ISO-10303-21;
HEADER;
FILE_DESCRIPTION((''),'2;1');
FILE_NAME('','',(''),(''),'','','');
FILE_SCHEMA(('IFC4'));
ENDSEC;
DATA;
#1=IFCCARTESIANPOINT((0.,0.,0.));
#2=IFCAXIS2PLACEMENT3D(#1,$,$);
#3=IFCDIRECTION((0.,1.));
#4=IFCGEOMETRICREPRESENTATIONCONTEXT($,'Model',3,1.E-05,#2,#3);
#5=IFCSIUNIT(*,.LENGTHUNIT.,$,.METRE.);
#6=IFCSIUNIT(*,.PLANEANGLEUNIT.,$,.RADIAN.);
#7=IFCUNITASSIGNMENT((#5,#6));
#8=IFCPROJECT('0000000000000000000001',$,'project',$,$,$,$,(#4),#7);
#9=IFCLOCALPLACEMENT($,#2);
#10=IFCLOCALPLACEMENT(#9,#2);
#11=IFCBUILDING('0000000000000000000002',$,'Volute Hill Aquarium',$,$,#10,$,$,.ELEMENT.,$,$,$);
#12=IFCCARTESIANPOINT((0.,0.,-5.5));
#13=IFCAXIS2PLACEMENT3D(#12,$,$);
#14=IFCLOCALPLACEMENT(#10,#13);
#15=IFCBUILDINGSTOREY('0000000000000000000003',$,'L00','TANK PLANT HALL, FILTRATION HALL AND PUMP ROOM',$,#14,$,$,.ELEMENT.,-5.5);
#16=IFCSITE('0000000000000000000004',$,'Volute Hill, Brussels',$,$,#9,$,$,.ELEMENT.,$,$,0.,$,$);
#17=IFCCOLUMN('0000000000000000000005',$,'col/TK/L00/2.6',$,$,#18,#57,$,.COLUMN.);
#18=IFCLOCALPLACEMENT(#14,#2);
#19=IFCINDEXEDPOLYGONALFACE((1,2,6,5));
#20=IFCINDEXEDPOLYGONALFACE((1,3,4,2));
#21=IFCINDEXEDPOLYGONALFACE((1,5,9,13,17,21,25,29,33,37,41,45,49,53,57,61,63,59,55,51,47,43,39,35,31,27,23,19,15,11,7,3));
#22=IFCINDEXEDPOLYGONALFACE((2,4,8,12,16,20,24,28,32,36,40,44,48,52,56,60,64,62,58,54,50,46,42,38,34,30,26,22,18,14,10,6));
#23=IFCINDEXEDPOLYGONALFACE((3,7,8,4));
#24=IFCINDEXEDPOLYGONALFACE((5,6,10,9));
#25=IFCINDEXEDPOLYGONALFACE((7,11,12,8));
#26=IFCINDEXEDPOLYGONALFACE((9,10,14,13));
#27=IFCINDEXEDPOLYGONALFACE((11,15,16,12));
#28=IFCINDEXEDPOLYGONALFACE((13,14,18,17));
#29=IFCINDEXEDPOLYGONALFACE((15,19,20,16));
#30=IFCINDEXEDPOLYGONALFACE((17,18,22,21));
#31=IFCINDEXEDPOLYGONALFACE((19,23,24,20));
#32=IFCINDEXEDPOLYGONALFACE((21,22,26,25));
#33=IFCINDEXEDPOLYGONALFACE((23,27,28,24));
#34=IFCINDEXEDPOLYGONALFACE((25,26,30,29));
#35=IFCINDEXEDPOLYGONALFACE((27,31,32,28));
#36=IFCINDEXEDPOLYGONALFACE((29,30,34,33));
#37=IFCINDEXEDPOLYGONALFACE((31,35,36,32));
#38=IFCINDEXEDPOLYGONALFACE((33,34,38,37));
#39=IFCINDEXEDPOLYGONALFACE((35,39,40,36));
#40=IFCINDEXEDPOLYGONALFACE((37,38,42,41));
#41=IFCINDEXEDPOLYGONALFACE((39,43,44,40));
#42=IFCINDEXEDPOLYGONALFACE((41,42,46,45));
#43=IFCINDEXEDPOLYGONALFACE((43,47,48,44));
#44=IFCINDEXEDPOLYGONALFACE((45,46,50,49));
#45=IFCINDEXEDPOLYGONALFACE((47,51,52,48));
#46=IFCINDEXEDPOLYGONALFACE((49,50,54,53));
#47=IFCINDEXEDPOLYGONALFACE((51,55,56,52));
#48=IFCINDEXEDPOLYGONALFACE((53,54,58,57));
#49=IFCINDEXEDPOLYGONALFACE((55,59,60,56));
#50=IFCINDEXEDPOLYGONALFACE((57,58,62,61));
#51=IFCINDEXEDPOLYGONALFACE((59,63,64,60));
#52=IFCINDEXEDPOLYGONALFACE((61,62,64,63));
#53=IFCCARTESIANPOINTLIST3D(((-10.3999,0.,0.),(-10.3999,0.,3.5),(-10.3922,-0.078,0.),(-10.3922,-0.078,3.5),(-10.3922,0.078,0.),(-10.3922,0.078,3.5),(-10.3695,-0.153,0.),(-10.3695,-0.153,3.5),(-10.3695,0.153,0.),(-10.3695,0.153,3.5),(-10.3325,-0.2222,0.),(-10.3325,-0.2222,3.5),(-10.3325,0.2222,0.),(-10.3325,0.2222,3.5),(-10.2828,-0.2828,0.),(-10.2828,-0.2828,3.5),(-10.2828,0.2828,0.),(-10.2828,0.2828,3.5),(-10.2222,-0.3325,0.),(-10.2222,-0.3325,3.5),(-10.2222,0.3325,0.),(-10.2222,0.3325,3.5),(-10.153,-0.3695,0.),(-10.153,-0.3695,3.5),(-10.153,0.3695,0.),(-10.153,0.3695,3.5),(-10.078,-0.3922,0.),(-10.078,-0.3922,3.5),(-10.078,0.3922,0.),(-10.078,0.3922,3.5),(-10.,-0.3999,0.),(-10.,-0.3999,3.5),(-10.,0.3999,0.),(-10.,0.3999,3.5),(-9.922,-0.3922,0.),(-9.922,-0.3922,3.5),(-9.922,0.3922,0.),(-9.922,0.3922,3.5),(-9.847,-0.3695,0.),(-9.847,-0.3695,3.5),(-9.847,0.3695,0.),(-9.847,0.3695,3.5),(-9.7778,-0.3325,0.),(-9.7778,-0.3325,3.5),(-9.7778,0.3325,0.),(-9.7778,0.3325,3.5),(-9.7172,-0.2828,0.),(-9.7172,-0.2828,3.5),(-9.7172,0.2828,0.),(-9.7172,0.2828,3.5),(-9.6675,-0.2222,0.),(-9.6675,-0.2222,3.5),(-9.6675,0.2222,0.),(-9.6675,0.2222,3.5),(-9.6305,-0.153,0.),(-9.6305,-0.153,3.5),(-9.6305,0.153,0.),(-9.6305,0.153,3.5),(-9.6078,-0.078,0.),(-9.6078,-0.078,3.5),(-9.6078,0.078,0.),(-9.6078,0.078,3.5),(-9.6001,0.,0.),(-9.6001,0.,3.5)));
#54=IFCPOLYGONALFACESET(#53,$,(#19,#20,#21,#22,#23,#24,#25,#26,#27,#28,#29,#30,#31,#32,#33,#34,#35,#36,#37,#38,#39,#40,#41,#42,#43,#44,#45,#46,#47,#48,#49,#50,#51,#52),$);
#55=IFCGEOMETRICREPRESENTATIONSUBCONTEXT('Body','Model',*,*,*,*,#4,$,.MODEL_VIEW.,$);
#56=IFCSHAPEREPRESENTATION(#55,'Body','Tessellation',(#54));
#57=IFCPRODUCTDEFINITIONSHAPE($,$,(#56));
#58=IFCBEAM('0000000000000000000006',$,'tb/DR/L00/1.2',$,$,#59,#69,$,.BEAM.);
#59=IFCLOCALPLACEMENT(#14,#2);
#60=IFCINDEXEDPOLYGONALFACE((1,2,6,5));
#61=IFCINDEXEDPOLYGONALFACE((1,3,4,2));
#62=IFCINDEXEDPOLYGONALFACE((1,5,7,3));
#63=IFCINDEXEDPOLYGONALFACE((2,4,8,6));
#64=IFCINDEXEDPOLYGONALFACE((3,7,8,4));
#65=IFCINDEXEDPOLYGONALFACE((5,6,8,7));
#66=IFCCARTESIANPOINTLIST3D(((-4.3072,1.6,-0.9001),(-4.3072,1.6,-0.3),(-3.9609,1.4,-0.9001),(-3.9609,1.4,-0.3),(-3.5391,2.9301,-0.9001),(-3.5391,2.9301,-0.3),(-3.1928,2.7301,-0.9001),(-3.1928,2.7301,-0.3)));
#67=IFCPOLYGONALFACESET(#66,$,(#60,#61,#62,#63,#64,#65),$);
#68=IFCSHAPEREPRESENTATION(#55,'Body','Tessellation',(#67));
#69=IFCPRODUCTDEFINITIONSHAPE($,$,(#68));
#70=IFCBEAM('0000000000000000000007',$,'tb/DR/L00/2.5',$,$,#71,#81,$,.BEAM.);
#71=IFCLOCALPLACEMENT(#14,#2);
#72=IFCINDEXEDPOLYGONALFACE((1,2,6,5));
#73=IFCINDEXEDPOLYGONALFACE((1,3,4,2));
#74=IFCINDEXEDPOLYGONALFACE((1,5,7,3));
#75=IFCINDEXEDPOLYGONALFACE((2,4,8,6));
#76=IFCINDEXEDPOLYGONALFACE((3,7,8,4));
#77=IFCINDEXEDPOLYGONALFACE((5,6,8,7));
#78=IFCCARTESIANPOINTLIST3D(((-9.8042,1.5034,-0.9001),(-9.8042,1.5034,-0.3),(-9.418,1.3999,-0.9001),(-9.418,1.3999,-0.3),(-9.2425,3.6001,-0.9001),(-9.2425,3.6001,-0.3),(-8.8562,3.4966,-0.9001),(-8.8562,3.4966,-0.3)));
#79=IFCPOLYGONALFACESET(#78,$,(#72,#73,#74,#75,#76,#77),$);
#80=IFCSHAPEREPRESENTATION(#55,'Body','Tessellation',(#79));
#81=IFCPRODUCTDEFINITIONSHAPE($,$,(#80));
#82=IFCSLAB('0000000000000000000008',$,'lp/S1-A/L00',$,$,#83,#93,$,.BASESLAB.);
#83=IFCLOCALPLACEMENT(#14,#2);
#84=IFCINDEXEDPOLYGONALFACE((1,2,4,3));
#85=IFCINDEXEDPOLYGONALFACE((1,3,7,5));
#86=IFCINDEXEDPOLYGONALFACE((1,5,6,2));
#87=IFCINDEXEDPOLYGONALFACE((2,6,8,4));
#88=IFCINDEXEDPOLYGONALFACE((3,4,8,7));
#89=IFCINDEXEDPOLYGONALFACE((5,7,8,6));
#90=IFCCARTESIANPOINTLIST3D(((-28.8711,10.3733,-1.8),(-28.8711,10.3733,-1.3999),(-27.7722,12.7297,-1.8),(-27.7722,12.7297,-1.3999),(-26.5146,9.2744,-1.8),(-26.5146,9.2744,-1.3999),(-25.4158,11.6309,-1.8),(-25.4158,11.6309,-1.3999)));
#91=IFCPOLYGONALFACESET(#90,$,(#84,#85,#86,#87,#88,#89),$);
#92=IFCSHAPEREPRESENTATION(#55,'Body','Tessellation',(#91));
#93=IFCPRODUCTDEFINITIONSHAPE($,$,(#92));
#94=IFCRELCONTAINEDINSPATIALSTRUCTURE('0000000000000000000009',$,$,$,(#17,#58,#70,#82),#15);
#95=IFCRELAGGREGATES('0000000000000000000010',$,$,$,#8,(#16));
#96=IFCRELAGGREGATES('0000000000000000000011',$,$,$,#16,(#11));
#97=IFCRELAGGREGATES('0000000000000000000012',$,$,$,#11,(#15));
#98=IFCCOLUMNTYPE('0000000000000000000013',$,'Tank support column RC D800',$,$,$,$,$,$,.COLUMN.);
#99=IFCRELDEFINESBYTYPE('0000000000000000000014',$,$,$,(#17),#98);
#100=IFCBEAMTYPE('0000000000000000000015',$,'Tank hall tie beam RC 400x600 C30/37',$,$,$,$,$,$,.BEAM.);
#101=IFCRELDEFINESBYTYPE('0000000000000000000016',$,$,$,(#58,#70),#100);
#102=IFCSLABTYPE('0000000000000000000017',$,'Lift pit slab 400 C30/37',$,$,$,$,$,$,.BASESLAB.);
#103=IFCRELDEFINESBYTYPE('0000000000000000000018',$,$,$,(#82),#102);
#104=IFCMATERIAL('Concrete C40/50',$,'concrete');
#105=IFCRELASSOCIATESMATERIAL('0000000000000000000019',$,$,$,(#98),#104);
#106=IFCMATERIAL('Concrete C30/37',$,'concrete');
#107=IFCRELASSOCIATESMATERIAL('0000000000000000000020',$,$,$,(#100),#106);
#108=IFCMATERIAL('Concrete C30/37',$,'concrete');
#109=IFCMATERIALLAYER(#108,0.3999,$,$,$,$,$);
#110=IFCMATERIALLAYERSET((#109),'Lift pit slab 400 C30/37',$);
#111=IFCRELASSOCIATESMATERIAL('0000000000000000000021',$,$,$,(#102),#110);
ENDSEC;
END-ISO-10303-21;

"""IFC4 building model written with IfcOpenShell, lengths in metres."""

from ifc_helpers import new_model, si_unit, direction, frame, origin, origin_2d, place, context, subcontext, project, spatial, polyline, rectangle, circle, outline, extrude, material, layer, layer_set, material_profile, profile_set, type_object, element, save


model = new_model("IFC4")

# Units and contexts
model_context = context("Model", 3, precision=1e-05, world=origin(), true_north=direction((0.0, 1.0)))
body_context = subcontext(model_context, "Body", "Model", "MODEL_VIEW")
ifc_project = project(units=[si_unit("LENGTHUNIT", "METRE"), si_unit("PLANEANGLEUNIT", "RADIAN")], contexts=[model_context])

# Site, building, storey
site_placement = place(None, origin())
site = spatial("IfcSite", under=ifc_project, at=site_placement, Name="Volute Hill, Brussels", CompositionType="ELEMENT", RefElevation=0.0)
building_placement = place(site_placement, origin())
building = spatial("IfcBuilding", under=site, at=building_placement, Name="Volute Hill Aquarium", CompositionType="ELEMENT")
storey_placement = place(building_placement, frame((0.0, 0.0, -5.5)))
storey = spatial("IfcBuildingStorey", under=building, at=storey_placement, Name="L00", Description="TANK PLANT HALL, FILTRATION HALL AND PUMP ROOM", CompositionType="ELEMENT", Elevation=-5.5)

# Column
ifc_material_1 = material(Name="Concrete C40/50", Category="concrete")
ifc_material_profile_1 = material_profile(ifc_material_1, circle(Radius=0.3999, at=origin_2d()), Name="RC round column D800")
ifc_profile_set_1 = profile_set([ifc_material_profile_1], Name="Concrete C40/50")
column_type = type_object("IfcColumnType", Name="Tank support column RC D800", PredefinedType="COLUMN", material=ifc_profile_set_1)
for number, where, z_axis, x_axis, name in (
    (1, (-10.0, 0.0, 0.0), (0.0, 0.0, 1.0), (1.0, 0.0, 0.0), "col/TK/L00/2.6"),
):
    element("IfcColumn", number, at=place(storey_placement, frame(where, z_axis=z_axis, x_axis=x_axis)), inside=storey, type_object=column_type, Name=name, PredefinedType="COLUMN", context=body_context, shape_type="SweptSolid", body=[
        extrude(circle(Radius=0.3999, at=origin_2d()), origin(), (0.0, 0.0, 1.0), 3.5),
    ])

# Beams
ifc_material_2 = material(Name="Concrete C30/37", Category="concrete")
ifc_material_profile_2 = material_profile(ifc_material_2, rectangle(XDim=0.3999, YDim=0.6001, at=origin_2d()), Name="RC tie beam 400x600")
ifc_profile_set_2 = profile_set([ifc_material_profile_2], Name="Concrete C30/37")
beam_type = type_object("IfcBeamType", Name="Tank hall tie beam RC 400x600 C30/37", PredefinedType="BEAM", material=ifc_profile_set_2)
beam_1_placement = place(storey_placement, frame((-3.366, 2.8301, -0.6001), z_axis=(-0.500071, -0.865984, 0.0), x_axis=(0.865984, -0.500071, 0.0)))
element("IfcBeam", 2, at=beam_1_placement, inside=storey, type_object=beam_type, Name="tb/DR/L00/1.2", PredefinedType="BEAM", context=body_context, shape_type="SweptSolid", body=[
    extrude(rectangle(XDim=0.3999, YDim=0.6001, at=origin_2d()), origin(), (0.0, 0.0, 1.0), 1.5359),
])
beam_2_placement = place(storey_placement, frame((-9.0493, 3.5483, -0.6001), z_axis=(-0.258804, -0.96593, 0.0), x_axis=(0.96593, -0.258804, 0.0)))
element("IfcBeam", 3, at=beam_2_placement, inside=storey, type_object=beam_type, Name="tb/DR/L00/2.5", PredefinedType="BEAM", context=body_context, shape_type="SweptSolid", body=[
    extrude(rectangle(XDim=0.3999, YDim=0.6001, at=origin_2d()), origin(), (0.0, 0.0, 1.0), 2.1707),
])

# Slab
ifc_material_3 = material(Name="Concrete C30/37", Category="concrete")
ifc_layer = layer(ifc_material_3, 0.3999)
ifc_layer_set = layer_set([ifc_layer], Name="Lift pit slab 400 C30/37")
slab_type = type_object("IfcSlabType", Name="Lift pit slab 400 C30/37", PredefinedType="BASESLAB", material=ifc_layer_set)
slab_placement = place(storey_placement, frame((0.0, 0.0, -1.8)))
element("IfcSlab", 4, at=slab_placement, inside=storey, type_object=slab_type, Name="lp/S1-A/L00", PredefinedType="BASESLAB", context=body_context, shape_type="SweptSolid", body=[
    extrude(outline(polyline([(-25.4158, 11.6309), (-27.7722, 12.7297), (-28.8711, 10.3733), (-26.5146, 9.2744), (-25.4158, 11.6309)])), origin(), (0.0, 0.0, 1.0), 0.4001),
])

save(model, "model.ifc")
